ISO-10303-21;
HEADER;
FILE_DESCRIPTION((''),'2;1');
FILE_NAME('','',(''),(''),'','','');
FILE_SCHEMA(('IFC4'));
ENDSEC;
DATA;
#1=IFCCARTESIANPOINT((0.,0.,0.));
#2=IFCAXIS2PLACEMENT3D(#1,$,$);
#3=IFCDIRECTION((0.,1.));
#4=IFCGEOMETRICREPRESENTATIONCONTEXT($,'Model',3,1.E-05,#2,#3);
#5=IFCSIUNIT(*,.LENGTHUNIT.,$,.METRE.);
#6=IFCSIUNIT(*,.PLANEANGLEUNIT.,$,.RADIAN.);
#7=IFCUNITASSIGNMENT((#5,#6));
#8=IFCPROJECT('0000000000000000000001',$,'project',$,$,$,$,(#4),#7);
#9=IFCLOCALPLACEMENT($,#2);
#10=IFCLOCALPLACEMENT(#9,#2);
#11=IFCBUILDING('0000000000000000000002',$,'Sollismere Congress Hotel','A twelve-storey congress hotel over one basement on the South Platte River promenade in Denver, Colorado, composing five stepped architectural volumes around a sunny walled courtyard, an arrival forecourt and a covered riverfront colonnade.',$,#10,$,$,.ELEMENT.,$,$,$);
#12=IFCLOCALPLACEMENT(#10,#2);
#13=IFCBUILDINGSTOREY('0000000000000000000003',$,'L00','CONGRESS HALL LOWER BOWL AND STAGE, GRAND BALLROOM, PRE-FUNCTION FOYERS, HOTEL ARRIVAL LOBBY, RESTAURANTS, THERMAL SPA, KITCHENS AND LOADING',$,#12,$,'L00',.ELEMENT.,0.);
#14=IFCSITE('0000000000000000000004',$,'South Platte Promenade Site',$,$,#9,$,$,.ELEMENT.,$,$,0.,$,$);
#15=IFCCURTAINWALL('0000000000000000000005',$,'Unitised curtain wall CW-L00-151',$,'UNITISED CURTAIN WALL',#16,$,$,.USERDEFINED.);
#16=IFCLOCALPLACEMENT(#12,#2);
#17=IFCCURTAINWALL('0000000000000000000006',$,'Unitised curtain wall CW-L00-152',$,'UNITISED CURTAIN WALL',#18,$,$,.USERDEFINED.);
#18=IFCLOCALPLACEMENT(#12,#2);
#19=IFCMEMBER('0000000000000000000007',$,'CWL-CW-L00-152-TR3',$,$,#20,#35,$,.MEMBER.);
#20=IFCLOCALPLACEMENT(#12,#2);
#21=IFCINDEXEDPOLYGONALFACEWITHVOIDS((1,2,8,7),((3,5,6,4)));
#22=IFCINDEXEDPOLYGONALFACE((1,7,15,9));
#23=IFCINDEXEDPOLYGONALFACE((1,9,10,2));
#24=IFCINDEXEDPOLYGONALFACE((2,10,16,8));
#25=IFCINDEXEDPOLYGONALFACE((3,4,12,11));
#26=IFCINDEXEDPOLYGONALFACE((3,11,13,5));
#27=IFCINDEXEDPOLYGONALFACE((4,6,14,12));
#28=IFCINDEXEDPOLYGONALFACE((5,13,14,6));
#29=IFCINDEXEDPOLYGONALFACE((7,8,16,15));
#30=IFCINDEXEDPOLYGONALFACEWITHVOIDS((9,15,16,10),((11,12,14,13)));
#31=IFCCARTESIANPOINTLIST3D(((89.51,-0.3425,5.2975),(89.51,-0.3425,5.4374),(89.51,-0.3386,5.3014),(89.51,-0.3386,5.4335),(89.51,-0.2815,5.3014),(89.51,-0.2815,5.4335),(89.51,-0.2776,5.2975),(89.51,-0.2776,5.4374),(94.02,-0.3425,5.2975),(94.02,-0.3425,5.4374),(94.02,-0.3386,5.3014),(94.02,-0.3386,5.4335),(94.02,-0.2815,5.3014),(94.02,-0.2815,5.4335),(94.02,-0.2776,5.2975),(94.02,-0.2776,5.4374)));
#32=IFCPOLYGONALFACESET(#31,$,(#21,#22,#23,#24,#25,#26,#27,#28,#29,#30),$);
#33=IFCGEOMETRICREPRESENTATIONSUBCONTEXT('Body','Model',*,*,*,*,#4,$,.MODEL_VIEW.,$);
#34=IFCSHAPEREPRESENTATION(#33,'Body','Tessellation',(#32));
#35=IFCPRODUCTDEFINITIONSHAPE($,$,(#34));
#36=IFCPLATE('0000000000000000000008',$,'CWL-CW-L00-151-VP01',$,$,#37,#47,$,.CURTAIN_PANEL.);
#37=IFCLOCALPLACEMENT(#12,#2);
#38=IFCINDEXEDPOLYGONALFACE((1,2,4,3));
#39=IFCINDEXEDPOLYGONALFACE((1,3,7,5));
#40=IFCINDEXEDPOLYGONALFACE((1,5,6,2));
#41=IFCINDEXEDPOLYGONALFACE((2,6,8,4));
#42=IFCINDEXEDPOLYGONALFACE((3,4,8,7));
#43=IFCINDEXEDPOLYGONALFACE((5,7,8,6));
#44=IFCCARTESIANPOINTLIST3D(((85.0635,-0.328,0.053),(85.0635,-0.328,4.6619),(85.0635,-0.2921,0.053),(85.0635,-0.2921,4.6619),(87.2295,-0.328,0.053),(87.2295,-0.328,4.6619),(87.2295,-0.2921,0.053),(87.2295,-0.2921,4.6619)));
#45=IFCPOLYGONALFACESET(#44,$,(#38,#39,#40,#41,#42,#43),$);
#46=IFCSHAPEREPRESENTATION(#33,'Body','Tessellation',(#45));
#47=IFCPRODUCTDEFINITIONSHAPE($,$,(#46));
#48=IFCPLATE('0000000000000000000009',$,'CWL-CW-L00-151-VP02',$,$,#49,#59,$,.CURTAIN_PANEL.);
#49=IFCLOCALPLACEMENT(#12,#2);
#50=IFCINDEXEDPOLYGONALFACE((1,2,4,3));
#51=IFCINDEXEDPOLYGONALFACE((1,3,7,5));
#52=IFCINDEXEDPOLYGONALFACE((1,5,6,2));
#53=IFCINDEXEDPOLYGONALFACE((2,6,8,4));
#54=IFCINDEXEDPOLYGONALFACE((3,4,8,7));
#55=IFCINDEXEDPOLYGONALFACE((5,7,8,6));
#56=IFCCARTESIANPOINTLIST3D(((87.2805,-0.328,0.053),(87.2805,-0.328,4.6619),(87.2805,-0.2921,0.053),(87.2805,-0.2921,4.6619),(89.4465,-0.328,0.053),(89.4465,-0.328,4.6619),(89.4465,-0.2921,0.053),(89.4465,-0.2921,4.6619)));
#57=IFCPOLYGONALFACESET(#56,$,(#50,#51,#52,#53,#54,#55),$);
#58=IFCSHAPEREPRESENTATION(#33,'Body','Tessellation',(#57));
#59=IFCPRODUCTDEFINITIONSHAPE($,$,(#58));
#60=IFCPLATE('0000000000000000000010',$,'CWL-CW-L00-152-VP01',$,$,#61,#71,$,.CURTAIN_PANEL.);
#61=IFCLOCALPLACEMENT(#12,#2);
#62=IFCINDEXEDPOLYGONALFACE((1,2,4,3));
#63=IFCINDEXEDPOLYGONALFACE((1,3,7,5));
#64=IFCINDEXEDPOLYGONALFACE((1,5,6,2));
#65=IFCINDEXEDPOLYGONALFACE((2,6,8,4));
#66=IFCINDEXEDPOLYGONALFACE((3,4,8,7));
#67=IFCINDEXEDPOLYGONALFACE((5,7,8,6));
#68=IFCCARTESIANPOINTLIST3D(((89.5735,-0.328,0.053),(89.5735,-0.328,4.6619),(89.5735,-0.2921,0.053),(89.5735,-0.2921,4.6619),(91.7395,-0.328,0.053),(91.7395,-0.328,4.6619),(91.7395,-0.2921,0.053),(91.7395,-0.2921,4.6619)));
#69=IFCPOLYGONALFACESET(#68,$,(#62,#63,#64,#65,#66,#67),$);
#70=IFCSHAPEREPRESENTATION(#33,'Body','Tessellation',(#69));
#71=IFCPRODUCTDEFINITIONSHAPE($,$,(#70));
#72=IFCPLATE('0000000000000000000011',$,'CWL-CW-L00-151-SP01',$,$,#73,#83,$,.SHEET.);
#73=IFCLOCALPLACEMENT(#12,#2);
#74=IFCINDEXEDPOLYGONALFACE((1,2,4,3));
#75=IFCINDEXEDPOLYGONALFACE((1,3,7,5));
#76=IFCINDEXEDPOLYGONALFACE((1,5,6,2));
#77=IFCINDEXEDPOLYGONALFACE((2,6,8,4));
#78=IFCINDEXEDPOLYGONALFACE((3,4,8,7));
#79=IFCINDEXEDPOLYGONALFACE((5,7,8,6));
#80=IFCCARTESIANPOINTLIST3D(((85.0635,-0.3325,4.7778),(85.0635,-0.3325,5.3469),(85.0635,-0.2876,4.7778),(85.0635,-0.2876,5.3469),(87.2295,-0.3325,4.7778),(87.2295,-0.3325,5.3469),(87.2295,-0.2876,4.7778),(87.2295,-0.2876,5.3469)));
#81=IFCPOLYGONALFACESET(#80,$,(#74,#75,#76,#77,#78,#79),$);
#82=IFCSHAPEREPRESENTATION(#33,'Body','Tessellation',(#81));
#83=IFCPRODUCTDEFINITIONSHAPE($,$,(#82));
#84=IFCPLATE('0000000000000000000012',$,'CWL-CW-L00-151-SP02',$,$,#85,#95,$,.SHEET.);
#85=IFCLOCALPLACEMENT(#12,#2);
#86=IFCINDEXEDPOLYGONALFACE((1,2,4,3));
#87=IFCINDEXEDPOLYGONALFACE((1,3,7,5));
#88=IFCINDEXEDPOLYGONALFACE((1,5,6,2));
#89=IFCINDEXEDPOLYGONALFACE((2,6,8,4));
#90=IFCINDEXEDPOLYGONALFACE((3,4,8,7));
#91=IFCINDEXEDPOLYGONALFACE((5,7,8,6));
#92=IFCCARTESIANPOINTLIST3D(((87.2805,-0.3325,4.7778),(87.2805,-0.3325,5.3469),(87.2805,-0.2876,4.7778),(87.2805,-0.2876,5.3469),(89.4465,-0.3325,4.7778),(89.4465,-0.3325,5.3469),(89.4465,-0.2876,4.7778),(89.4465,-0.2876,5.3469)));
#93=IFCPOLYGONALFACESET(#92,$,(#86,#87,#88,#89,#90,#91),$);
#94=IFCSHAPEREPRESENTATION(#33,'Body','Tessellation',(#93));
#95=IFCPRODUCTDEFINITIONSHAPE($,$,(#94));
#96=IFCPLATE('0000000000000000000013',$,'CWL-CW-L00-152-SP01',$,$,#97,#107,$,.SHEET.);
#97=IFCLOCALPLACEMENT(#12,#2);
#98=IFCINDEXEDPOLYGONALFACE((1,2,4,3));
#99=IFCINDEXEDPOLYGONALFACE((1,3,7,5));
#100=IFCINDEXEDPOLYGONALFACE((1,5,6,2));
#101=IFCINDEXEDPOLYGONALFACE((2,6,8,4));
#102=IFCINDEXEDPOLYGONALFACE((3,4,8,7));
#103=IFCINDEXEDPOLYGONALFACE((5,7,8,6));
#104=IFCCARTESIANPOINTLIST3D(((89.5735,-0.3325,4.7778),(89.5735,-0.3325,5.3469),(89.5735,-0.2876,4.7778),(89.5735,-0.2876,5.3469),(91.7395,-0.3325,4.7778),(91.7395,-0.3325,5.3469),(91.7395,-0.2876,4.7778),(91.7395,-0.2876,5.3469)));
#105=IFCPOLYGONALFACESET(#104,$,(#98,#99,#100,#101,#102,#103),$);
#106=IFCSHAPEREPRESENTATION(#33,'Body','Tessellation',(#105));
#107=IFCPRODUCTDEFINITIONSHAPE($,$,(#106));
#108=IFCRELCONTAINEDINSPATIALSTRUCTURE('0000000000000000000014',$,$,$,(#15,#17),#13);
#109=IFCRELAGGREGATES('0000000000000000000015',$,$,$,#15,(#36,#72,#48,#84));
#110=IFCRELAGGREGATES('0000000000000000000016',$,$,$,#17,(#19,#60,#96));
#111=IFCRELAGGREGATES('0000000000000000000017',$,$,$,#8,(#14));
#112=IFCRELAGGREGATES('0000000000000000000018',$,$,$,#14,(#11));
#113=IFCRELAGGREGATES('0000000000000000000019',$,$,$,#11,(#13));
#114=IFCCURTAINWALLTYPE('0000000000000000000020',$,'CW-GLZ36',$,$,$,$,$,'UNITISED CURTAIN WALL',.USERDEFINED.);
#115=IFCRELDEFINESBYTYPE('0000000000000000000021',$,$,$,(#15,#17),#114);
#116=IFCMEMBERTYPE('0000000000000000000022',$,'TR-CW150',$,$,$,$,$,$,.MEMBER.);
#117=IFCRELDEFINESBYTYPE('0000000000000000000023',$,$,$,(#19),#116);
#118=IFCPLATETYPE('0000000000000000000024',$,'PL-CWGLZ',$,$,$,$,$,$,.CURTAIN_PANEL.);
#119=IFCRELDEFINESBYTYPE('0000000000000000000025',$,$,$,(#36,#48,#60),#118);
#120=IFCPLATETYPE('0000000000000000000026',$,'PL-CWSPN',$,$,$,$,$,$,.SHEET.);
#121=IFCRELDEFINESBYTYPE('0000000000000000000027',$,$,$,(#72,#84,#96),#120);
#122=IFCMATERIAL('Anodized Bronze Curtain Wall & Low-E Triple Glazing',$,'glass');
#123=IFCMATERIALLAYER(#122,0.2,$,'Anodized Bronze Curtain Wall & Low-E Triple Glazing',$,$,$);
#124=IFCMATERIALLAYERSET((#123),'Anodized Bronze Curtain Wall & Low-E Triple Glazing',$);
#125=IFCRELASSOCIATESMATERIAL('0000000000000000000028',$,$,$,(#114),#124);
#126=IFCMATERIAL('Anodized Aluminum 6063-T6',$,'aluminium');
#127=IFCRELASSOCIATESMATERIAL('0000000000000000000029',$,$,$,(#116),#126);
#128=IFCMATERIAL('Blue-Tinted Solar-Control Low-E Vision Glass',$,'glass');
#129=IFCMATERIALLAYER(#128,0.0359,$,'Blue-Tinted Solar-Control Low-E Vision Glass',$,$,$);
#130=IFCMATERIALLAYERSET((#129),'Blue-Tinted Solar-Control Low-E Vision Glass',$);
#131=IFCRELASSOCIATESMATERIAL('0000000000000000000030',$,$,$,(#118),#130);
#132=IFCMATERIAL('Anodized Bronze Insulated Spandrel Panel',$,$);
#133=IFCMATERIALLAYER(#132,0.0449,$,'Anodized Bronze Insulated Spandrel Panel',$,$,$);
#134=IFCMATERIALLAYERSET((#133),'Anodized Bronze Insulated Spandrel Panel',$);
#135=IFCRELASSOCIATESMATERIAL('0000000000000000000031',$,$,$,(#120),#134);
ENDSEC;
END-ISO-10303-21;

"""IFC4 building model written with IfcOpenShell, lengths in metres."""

from ifc_helpers import new_model, si_unit, direction, frame, origin, origin_2d, place, context, subcontext, project, spatial, rectangle, hollow_rectangle, extrude, material, layer, layer_set, material_profile, profile_set, type_object, element, aggregate, save


model = new_model("IFC4")

# Units and contexts
model_context = context("Model", 3, precision=1e-05, world=origin(), true_north=direction((0.0, 1.0)))
body_context = subcontext(model_context, "Body", "Model", "MODEL_VIEW")
ifc_project = project(units=[si_unit("LENGTHUNIT", "METRE"), si_unit("PLANEANGLEUNIT", "RADIAN")], contexts=[model_context])

# Site, building, storey
site_placement = place(None, origin())
site = spatial("IfcSite", under=ifc_project, at=site_placement, Name="South Platte Promenade Site", CompositionType="ELEMENT", RefElevation=0.0)
building_placement = place(site_placement, origin())
building = spatial("IfcBuilding", under=site, at=building_placement, Name="Sollismere Congress Hotel", Description="A twelve-storey congress hotel over one basement on the South Platte River promenade in Denver, Colorado, composing five stepped architectural volumes around a sunny walled courtyard, an arrival forecourt and a covered riverfront colonnade.", CompositionType="ELEMENT")
storey_placement = place(building_placement, origin())
storey = spatial("IfcBuildingStorey", under=building, at=storey_placement, Name="L00", Description="CONGRESS HALL LOWER BOWL AND STAGE, GRAND BALLROOM, PRE-FUNCTION FOYERS, HOTEL ARRIVAL LOBBY, RESTAURANTS, THERMAL SPA, KITCHENS AND LOADING", LongName="L00", CompositionType="ELEMENT", Elevation=0.0)

# Curtain walls, member
ifc_material_1 = material(Name="Anodized Bronze Curtain Wall & Low-E Triple Glazing", Category="glass")
ifc_layer_1 = layer(ifc_material_1, 0.2, Name="Anodized Bronze Curtain Wall & Low-E Triple Glazing")
ifc_layer_set_1 = layer_set([ifc_layer_1], Name="Anodized Bronze Curtain Wall & Low-E Triple Glazing")
curtain_wall_type = type_object("IfcCurtainWallType", Name="CW-GLZ36", ElementType="UNITISED CURTAIN WALL", PredefinedType="USERDEFINED", material=ifc_layer_set_1)
curtain_wall_1_placement = place(storey_placement, origin())
curtain_wall_1 = element("IfcCurtainWall", 1, at=curtain_wall_1_placement, inside=storey, type_object=curtain_wall_type, Name="Unitised curtain wall CW-L00-151", ObjectType="UNITISED CURTAIN WALL", PredefinedType="USERDEFINED")
ifc_material_2 = material(Name="Anodized Aluminum 6063-T6", Category="aluminium")
curtain_wall_2_placement = place(storey_placement, origin())
curtain_wall_2 = element("IfcCurtainWall", 2, at=curtain_wall_2_placement, inside=storey, type_object=curtain_wall_type, Name="Unitised curtain wall CW-L00-152", ObjectType="UNITISED CURTAIN WALL", PredefinedType="USERDEFINED")
ifc_material_profile_1 = material_profile(ifc_material_2, hollow_rectangle(XDim=0.0649, YDim=0.1399, WallThickness=0.0039, at=origin_2d()), Name="ALU140X65X4")
ifc_profile_set_1 = profile_set([ifc_material_profile_1], Name="Anodized Aluminum 6063-T6")
member_type_1 = type_object("IfcMemberType", Name="TR-CW150", PredefinedType="MEMBER", material=ifc_profile_set_1)
member_1_placement = place(storey_placement, frame((89.51, -0.3101, 5.3674), z_axis=(1.0, 0.0, 0.0), x_axis=(0.0, 1.0, 0.0)))
member_1 = element("IfcMember", 3, at=member_1_placement, type_object=member_type_1, Name="CWL-CW-L00-152-TR3", PredefinedType="MEMBER", context=body_context, shape_type="SweptSolid", body=[
    extrude(hollow_rectangle(XDim=0.0649, YDim=0.1399, WallThickness=0.0039, at=origin_2d()), origin(), (0.0, 0.0, 1.0), 4.51),
])

# Plates
ifc_material_3 = material(Name="Blue-Tinted Solar-Control Low-E Vision Glass", Category="glass")
ifc_layer_2 = layer(ifc_material_3, 0.0359, Name="Blue-Tinted Solar-Control Low-E Vision Glass")
ifc_layer_set_2 = layer_set([ifc_layer_2], Name="Blue-Tinted Solar-Control Low-E Vision Glass")
plate_type_1 = type_object("IfcPlateType", Name="PL-CWGLZ", PredefinedType="CURTAIN_PANEL", material=ifc_layer_set_2)
plate_1_placement = place(storey_placement, frame((86.1465, -0.3101, 0.053), z_axis=(0.0, 0.0, 1.0), x_axis=(1.0, 0.0, 0.0)))
plate_1 = element("IfcPlate", 4, at=plate_1_placement, type_object=plate_type_1, Name="CWL-CW-L00-151-VP01", PredefinedType="CURTAIN_PANEL", context=body_context, shape_type="SweptSolid", body=[
    extrude(rectangle(XDim=2.166, YDim=0.0359, at=origin_2d()), origin(), (0.0, 0.0, 1.0), 4.6089),
])
plate_2_placement = place(storey_placement, frame((88.3635, -0.3101, 0.053), z_axis=(0.0, 0.0, 1.0), x_axis=(1.0, 0.0, 0.0)))
plate_2 = element("IfcPlate", 5, at=plate_2_placement, type_object=plate_type_1, Name="CWL-CW-L00-151-VP02", PredefinedType="CURTAIN_PANEL", context=body_context, shape_type="SweptSolid", body=[
    extrude(rectangle(XDim=2.166, YDim=0.0359, at=origin_2d()), origin(), (0.0, 0.0, 1.0), 4.6089),
])
plate_3_placement = place(storey_placement, frame((90.6565, -0.3101, 0.053), z_axis=(0.0, 0.0, 1.0), x_axis=(1.0, 0.0, 0.0)))
plate_3 = element("IfcPlate", 6, at=plate_3_placement, type_object=plate_type_1, Name="CWL-CW-L00-152-VP01", PredefinedType="CURTAIN_PANEL", context=body_context, shape_type="SweptSolid", body=[
    extrude(rectangle(XDim=2.166, YDim=0.0359, at=origin_2d()), origin(), (0.0, 0.0, 1.0), 4.6089),
])
ifc_material_4 = material(Name="Anodized Bronze Insulated Spandrel Panel")
ifc_layer_3 = layer(ifc_material_4, 0.0449, Name="Anodized Bronze Insulated Spandrel Panel")
ifc_layer_set_3 = layer_set([ifc_layer_3], Name="Anodized Bronze Insulated Spandrel Panel")
plate_type_2 = type_object("IfcPlateType", Name="PL-CWSPN", PredefinedType="SHEET", material=ifc_layer_set_3)
plate_4_placement = place(storey_placement, frame((86.1465, -0.3101, 4.7778), z_axis=(0.0, 0.0, 1.0), x_axis=(1.0, 0.0, 0.0)))
plate_4 = element("IfcPlate", 7, at=plate_4_placement, type_object=plate_type_2, Name="CWL-CW-L00-151-SP01", PredefinedType="SHEET", context=body_context, shape_type="SweptSolid", body=[
    extrude(rectangle(XDim=2.166, YDim=0.0449, at=origin_2d()), origin(), (0.0, 0.0, 1.0), 0.5691),
])
plate_5_placement = place(storey_placement, frame((88.3635, -0.3101, 4.7778), z_axis=(0.0, 0.0, 1.0), x_axis=(1.0, 0.0, 0.0)))
plate_5 = element("IfcPlate", 8, at=plate_5_placement, type_object=plate_type_2, Name="CWL-CW-L00-151-SP02", PredefinedType="SHEET", context=body_context, shape_type="SweptSolid", body=[
    extrude(rectangle(XDim=2.166, YDim=0.0449, at=origin_2d()), origin(), (0.0, 0.0, 1.0), 0.5691),
])
aggregate(curtain_wall_1, [plate_1, plate_4, plate_2, plate_5])
plate_6_placement = place(storey_placement, frame((90.6565, -0.3101, 4.7778), z_axis=(0.0, 0.0, 1.0), x_axis=(1.0, 0.0, 0.0)))
plate_6 = element("IfcPlate", 9, at=plate_6_placement, type_object=plate_type_2, Name="CWL-CW-L00-152-SP01", PredefinedType="SHEET", context=body_context, shape_type="SweptSolid", body=[
    extrude(rectangle(XDim=2.166, YDim=0.0449, at=origin_2d()), origin(), (0.0, 0.0, 1.0), 0.5691),
])
aggregate(curtain_wall_2, [member_1, plate_3, plate_6])

save(model, "model.ifc")
